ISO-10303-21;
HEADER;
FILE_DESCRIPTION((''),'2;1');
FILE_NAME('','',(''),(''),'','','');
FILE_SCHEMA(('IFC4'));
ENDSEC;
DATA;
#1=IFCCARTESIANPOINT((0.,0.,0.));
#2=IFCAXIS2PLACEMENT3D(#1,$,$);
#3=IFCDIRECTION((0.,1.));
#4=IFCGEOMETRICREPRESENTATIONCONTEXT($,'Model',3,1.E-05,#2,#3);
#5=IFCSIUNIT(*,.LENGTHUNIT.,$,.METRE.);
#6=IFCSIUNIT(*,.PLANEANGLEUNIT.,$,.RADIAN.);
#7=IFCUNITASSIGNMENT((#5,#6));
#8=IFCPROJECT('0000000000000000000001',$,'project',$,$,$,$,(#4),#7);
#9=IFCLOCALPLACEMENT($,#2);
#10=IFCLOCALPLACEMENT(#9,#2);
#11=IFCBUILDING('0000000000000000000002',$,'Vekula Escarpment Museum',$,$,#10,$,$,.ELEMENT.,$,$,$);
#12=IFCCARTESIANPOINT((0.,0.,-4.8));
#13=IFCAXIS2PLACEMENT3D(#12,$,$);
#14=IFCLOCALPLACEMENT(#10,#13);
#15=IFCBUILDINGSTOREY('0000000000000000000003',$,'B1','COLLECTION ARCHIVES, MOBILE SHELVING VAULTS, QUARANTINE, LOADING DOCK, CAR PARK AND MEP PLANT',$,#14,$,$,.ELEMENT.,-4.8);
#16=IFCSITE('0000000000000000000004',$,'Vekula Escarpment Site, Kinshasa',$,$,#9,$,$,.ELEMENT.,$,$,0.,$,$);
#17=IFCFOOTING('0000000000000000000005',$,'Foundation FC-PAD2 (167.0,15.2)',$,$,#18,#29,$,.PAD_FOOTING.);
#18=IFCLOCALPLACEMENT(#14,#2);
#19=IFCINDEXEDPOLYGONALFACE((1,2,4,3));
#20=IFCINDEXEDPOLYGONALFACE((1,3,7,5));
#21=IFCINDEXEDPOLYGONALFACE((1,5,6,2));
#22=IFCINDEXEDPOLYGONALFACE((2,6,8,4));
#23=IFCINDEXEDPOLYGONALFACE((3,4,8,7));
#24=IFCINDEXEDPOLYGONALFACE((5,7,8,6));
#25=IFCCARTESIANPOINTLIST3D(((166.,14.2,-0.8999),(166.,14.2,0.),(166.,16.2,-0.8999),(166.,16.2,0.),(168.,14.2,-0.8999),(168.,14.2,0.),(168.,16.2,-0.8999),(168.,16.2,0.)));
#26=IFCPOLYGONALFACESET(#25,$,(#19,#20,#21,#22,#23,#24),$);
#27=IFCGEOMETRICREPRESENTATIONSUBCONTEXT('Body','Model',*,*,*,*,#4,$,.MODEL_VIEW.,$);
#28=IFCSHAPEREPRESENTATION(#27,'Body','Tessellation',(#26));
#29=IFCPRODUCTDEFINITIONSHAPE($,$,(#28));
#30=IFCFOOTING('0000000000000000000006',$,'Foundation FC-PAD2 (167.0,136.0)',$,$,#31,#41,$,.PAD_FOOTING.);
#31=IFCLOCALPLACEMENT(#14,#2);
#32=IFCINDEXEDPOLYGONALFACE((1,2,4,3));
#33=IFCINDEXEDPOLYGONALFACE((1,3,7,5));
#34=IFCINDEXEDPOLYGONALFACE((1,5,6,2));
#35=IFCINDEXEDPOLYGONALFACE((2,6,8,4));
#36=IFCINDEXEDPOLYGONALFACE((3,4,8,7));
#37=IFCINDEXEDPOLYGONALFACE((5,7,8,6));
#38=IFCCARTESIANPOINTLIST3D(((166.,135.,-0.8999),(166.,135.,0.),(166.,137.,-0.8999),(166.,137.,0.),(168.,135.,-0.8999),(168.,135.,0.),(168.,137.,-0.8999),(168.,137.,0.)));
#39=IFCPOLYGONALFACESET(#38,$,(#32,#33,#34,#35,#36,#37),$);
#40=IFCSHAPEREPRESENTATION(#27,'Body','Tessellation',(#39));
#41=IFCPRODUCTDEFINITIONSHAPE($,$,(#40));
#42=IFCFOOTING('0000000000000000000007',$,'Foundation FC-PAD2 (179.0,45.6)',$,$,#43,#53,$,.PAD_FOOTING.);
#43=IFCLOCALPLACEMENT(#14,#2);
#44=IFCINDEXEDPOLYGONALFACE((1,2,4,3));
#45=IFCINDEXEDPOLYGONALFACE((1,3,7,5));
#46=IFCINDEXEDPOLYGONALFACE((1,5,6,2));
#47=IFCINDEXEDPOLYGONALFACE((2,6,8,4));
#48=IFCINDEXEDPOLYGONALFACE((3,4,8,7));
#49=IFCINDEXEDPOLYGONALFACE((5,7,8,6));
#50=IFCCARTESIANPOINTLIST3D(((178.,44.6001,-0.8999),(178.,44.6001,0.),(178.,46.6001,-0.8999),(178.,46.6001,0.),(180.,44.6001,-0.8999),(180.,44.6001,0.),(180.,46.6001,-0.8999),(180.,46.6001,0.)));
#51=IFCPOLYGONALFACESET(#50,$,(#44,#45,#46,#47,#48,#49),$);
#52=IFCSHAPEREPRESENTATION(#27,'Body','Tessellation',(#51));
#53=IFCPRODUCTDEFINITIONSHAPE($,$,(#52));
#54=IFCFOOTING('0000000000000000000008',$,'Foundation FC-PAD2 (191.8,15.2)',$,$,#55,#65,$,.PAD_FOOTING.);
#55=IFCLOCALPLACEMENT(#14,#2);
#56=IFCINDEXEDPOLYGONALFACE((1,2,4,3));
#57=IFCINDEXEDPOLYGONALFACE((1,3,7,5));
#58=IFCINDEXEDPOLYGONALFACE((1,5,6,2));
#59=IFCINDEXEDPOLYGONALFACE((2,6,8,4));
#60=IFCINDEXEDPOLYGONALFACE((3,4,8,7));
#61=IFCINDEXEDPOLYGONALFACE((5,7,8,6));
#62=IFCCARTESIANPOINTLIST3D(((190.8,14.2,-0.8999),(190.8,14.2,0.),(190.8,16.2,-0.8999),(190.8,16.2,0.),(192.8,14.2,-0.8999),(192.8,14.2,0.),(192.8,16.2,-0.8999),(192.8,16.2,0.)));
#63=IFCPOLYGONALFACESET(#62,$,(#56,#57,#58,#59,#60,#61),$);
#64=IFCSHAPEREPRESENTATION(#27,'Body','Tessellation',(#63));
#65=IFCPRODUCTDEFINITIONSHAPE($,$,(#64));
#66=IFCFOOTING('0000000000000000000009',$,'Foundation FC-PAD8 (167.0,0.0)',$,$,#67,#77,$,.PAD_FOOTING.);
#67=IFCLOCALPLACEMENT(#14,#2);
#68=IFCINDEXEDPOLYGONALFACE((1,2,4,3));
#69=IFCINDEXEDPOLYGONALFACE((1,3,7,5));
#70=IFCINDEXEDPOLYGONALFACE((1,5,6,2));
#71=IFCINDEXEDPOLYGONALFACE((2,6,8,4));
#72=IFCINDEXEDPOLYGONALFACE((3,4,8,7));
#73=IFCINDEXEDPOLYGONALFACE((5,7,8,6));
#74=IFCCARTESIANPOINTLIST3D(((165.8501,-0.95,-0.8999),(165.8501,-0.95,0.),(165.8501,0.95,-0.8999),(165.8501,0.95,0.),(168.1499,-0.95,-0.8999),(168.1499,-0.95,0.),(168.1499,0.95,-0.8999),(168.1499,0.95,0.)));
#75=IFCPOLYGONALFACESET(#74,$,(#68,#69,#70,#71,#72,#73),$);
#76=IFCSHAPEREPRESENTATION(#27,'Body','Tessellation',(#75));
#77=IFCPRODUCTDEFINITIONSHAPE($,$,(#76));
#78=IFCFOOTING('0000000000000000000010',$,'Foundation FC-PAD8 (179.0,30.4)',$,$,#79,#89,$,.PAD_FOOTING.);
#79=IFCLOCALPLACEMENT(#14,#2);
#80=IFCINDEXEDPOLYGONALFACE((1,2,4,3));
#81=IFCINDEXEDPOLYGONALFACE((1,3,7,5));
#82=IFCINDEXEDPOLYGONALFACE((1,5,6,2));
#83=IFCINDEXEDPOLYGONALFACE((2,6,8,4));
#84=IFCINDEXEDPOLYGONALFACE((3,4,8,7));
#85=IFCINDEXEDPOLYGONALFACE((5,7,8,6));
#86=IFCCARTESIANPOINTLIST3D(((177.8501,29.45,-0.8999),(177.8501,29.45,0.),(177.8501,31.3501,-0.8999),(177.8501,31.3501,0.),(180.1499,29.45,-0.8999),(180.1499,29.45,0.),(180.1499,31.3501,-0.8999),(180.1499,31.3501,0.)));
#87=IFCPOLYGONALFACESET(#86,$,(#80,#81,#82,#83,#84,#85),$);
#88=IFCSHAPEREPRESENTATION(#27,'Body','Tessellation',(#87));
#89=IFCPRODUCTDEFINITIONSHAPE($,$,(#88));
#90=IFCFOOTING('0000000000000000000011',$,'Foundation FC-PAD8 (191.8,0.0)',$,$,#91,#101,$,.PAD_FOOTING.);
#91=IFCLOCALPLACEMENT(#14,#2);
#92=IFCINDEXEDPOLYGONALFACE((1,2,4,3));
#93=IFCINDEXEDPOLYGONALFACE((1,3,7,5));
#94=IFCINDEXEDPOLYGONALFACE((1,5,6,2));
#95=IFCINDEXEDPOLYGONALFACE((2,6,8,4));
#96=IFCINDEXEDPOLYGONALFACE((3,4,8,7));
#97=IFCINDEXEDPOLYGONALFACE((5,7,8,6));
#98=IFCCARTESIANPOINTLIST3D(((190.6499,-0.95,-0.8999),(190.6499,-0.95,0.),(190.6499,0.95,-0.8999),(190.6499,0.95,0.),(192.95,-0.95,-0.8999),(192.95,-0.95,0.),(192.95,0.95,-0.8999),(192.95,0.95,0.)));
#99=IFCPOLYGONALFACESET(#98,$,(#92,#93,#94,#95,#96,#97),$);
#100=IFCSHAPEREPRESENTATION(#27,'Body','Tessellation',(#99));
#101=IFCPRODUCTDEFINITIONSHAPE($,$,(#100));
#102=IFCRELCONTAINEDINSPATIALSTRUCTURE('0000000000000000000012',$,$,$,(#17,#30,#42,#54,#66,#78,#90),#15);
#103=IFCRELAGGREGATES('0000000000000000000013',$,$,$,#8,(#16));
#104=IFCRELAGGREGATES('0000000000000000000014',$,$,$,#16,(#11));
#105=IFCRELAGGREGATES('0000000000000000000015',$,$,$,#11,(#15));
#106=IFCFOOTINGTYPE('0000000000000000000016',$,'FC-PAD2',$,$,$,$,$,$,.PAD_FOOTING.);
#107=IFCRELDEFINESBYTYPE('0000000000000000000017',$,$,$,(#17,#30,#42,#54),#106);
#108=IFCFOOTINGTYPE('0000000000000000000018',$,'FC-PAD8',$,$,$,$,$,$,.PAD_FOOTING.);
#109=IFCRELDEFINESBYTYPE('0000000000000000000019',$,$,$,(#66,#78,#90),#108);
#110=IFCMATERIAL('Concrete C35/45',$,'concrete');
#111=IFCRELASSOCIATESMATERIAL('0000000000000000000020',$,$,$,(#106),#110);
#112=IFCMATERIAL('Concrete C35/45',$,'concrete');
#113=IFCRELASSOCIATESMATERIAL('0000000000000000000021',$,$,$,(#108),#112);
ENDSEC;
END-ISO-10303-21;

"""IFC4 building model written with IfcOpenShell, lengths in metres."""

from ifc_helpers import new_model, si_unit, direction, frame, origin, place, context, subcontext, project, spatial, polyline, outline, extrude, material, type_object, element, save


model = new_model("IFC4")

# Units and contexts
model_context = context("Model", 3, precision=1e-05, world=origin(), true_north=direction((0.0, 1.0)))
body_context = subcontext(model_context, "Body", "Model", "MODEL_VIEW")
ifc_project = project(units=[si_unit("LENGTHUNIT", "METRE"), si_unit("PLANEANGLEUNIT", "RADIAN")], contexts=[model_context])

# Site, building, storey
site_placement = place(None, origin())
site = spatial("IfcSite", under=ifc_project, at=site_placement, Name="Vekula Escarpment Site, Kinshasa", CompositionType="ELEMENT", RefElevation=0.0)
building_placement = place(site_placement, origin())
building = spatial("IfcBuilding", under=site, at=building_placement, Name="Vekula Escarpment Museum", CompositionType="ELEMENT")
storey_placement = place(building_placement, frame((0.0, 0.0, -4.8)))
storey = spatial("IfcBuildingStorey", under=building, at=storey_placement, Name="B1", Description="COLLECTION ARCHIVES, MOBILE SHELVING VAULTS, QUARANTINE, LOADING DOCK, CAR PARK AND MEP PLANT", CompositionType="ELEMENT", Elevation=-4.8)

# Footings
ifc_material_1 = material(Name="Concrete C35/45", Category="concrete")
footing_type_1 = type_object("IfcFootingType", Name="FC-PAD2", PredefinedType="PAD_FOOTING", material=ifc_material_1)
footing_1_placement = place(storey_placement, frame((0.0, 0.0, -0.8999)))
element("IfcFooting", 1, at=footing_1_placement, inside=storey, type_object=footing_type_1, Name="Foundation FC-PAD2 (167.0,15.2)", PredefinedType="PAD_FOOTING", context=body_context, shape_type="SweptSolid", body=[
    extrude(outline(polyline([(166.0, 14.2), (168.0, 14.2), (168.0, 16.2), (166.0, 16.2), (166.0, 14.2)])), origin(), (0.0, 0.0, 1.0), 0.8999),
])
footing_2_placement = place(storey_placement, frame((0.0, 0.0, -0.8999)))
element("IfcFooting", 2, at=footing_2_placement, inside=storey, type_object=footing_type_1, Name="Foundation FC-PAD2 (167.0,136.0)", PredefinedType="PAD_FOOTING", context=body_context, shape_type="SweptSolid", body=[
    extrude(outline(polyline([(166.0, 135.0), (168.0, 135.0), (168.0, 137.0), (166.0, 137.0), (166.0, 135.0)])), origin(), (0.0, 0.0, 1.0), 0.8999),
])
footing_3_placement = place(storey_placement, frame((0.0, 0.0, -0.8999)))
element("IfcFooting", 3, at=footing_3_placement, inside=storey, type_object=footing_type_1, Name="Foundation FC-PAD2 (179.0,45.6)", PredefinedType="PAD_FOOTING", context=body_context, shape_type="SweptSolid", body=[
    extrude(outline(polyline([(178.0, 44.6001), (180.0, 44.6001), (180.0, 46.6001), (178.0, 46.6001), (178.0, 44.6001)])), origin(), (0.0, 0.0, 1.0), 0.8999),
])
footing_4_placement = place(storey_placement, frame((0.0, 0.0, -0.8999)))
element("IfcFooting", 4, at=footing_4_placement, inside=storey, type_object=footing_type_1, Name="Foundation FC-PAD2 (191.8,15.2)", PredefinedType="PAD_FOOTING", context=body_context, shape_type="SweptSolid", body=[
    extrude(outline(polyline([(190.8, 14.2), (192.8, 14.2), (192.8, 16.2), (190.8, 16.2), (190.8, 14.2)])), origin(), (0.0, 0.0, 1.0), 0.8999),
])
ifc_material_2 = material(Name="Concrete C35/45", Category="concrete")
footing_type_2 = type_object("IfcFootingType", Name="FC-PAD8", PredefinedType="PAD_FOOTING", material=ifc_material_2)
footing_5_placement = place(storey_placement, frame((0.0, 0.0, -0.8999)))
element("IfcFooting", 5, at=footing_5_placement, inside=storey, type_object=footing_type_2, Name="Foundation FC-PAD8 (167.0,0.0)", PredefinedType="PAD_FOOTING", context=body_context, shape_type="SweptSolid", body=[
    extrude(outline(polyline([(165.8501, -0.95), (168.1499, -0.95), (168.1499, 0.95), (165.8501, 0.95), (165.8501, -0.95)])), origin(), (0.0, 0.0, 1.0), 0.8999),
])
footing_6_placement = place(storey_placement, frame((0.0, 0.0, -0.8999)))
element("IfcFooting", 6, at=footing_6_placement, inside=storey, type_object=footing_type_2, Name="Foundation FC-PAD8 (179.0,30.4)", PredefinedType="PAD_FOOTING", context=body_context, shape_type="SweptSolid", body=[
    extrude(outline(polyline([(177.8501, 29.45), (180.1499, 29.45), (180.1499, 31.3501), (177.8501, 31.3501), (177.8501, 29.45)])), origin(), (0.0, 0.0, 1.0), 0.8999),
])
footing_7_placement = place(storey_placement, frame((0.0, 0.0, -0.8999)))
element("IfcFooting", 7, at=footing_7_placement, inside=storey, type_object=footing_type_2, Name="Foundation FC-PAD8 (191.8,0.0)", PredefinedType="PAD_FOOTING", context=body_context, shape_type="SweptSolid", body=[
    extrude(outline(polyline([(190.6499, -0.95), (192.95, -0.95), (192.95, 0.95), (190.6499, 0.95), (190.6499, -0.95)])), origin(), (0.0, 0.0, 1.0), 0.8999),
])

save(model, "model.ifc")
